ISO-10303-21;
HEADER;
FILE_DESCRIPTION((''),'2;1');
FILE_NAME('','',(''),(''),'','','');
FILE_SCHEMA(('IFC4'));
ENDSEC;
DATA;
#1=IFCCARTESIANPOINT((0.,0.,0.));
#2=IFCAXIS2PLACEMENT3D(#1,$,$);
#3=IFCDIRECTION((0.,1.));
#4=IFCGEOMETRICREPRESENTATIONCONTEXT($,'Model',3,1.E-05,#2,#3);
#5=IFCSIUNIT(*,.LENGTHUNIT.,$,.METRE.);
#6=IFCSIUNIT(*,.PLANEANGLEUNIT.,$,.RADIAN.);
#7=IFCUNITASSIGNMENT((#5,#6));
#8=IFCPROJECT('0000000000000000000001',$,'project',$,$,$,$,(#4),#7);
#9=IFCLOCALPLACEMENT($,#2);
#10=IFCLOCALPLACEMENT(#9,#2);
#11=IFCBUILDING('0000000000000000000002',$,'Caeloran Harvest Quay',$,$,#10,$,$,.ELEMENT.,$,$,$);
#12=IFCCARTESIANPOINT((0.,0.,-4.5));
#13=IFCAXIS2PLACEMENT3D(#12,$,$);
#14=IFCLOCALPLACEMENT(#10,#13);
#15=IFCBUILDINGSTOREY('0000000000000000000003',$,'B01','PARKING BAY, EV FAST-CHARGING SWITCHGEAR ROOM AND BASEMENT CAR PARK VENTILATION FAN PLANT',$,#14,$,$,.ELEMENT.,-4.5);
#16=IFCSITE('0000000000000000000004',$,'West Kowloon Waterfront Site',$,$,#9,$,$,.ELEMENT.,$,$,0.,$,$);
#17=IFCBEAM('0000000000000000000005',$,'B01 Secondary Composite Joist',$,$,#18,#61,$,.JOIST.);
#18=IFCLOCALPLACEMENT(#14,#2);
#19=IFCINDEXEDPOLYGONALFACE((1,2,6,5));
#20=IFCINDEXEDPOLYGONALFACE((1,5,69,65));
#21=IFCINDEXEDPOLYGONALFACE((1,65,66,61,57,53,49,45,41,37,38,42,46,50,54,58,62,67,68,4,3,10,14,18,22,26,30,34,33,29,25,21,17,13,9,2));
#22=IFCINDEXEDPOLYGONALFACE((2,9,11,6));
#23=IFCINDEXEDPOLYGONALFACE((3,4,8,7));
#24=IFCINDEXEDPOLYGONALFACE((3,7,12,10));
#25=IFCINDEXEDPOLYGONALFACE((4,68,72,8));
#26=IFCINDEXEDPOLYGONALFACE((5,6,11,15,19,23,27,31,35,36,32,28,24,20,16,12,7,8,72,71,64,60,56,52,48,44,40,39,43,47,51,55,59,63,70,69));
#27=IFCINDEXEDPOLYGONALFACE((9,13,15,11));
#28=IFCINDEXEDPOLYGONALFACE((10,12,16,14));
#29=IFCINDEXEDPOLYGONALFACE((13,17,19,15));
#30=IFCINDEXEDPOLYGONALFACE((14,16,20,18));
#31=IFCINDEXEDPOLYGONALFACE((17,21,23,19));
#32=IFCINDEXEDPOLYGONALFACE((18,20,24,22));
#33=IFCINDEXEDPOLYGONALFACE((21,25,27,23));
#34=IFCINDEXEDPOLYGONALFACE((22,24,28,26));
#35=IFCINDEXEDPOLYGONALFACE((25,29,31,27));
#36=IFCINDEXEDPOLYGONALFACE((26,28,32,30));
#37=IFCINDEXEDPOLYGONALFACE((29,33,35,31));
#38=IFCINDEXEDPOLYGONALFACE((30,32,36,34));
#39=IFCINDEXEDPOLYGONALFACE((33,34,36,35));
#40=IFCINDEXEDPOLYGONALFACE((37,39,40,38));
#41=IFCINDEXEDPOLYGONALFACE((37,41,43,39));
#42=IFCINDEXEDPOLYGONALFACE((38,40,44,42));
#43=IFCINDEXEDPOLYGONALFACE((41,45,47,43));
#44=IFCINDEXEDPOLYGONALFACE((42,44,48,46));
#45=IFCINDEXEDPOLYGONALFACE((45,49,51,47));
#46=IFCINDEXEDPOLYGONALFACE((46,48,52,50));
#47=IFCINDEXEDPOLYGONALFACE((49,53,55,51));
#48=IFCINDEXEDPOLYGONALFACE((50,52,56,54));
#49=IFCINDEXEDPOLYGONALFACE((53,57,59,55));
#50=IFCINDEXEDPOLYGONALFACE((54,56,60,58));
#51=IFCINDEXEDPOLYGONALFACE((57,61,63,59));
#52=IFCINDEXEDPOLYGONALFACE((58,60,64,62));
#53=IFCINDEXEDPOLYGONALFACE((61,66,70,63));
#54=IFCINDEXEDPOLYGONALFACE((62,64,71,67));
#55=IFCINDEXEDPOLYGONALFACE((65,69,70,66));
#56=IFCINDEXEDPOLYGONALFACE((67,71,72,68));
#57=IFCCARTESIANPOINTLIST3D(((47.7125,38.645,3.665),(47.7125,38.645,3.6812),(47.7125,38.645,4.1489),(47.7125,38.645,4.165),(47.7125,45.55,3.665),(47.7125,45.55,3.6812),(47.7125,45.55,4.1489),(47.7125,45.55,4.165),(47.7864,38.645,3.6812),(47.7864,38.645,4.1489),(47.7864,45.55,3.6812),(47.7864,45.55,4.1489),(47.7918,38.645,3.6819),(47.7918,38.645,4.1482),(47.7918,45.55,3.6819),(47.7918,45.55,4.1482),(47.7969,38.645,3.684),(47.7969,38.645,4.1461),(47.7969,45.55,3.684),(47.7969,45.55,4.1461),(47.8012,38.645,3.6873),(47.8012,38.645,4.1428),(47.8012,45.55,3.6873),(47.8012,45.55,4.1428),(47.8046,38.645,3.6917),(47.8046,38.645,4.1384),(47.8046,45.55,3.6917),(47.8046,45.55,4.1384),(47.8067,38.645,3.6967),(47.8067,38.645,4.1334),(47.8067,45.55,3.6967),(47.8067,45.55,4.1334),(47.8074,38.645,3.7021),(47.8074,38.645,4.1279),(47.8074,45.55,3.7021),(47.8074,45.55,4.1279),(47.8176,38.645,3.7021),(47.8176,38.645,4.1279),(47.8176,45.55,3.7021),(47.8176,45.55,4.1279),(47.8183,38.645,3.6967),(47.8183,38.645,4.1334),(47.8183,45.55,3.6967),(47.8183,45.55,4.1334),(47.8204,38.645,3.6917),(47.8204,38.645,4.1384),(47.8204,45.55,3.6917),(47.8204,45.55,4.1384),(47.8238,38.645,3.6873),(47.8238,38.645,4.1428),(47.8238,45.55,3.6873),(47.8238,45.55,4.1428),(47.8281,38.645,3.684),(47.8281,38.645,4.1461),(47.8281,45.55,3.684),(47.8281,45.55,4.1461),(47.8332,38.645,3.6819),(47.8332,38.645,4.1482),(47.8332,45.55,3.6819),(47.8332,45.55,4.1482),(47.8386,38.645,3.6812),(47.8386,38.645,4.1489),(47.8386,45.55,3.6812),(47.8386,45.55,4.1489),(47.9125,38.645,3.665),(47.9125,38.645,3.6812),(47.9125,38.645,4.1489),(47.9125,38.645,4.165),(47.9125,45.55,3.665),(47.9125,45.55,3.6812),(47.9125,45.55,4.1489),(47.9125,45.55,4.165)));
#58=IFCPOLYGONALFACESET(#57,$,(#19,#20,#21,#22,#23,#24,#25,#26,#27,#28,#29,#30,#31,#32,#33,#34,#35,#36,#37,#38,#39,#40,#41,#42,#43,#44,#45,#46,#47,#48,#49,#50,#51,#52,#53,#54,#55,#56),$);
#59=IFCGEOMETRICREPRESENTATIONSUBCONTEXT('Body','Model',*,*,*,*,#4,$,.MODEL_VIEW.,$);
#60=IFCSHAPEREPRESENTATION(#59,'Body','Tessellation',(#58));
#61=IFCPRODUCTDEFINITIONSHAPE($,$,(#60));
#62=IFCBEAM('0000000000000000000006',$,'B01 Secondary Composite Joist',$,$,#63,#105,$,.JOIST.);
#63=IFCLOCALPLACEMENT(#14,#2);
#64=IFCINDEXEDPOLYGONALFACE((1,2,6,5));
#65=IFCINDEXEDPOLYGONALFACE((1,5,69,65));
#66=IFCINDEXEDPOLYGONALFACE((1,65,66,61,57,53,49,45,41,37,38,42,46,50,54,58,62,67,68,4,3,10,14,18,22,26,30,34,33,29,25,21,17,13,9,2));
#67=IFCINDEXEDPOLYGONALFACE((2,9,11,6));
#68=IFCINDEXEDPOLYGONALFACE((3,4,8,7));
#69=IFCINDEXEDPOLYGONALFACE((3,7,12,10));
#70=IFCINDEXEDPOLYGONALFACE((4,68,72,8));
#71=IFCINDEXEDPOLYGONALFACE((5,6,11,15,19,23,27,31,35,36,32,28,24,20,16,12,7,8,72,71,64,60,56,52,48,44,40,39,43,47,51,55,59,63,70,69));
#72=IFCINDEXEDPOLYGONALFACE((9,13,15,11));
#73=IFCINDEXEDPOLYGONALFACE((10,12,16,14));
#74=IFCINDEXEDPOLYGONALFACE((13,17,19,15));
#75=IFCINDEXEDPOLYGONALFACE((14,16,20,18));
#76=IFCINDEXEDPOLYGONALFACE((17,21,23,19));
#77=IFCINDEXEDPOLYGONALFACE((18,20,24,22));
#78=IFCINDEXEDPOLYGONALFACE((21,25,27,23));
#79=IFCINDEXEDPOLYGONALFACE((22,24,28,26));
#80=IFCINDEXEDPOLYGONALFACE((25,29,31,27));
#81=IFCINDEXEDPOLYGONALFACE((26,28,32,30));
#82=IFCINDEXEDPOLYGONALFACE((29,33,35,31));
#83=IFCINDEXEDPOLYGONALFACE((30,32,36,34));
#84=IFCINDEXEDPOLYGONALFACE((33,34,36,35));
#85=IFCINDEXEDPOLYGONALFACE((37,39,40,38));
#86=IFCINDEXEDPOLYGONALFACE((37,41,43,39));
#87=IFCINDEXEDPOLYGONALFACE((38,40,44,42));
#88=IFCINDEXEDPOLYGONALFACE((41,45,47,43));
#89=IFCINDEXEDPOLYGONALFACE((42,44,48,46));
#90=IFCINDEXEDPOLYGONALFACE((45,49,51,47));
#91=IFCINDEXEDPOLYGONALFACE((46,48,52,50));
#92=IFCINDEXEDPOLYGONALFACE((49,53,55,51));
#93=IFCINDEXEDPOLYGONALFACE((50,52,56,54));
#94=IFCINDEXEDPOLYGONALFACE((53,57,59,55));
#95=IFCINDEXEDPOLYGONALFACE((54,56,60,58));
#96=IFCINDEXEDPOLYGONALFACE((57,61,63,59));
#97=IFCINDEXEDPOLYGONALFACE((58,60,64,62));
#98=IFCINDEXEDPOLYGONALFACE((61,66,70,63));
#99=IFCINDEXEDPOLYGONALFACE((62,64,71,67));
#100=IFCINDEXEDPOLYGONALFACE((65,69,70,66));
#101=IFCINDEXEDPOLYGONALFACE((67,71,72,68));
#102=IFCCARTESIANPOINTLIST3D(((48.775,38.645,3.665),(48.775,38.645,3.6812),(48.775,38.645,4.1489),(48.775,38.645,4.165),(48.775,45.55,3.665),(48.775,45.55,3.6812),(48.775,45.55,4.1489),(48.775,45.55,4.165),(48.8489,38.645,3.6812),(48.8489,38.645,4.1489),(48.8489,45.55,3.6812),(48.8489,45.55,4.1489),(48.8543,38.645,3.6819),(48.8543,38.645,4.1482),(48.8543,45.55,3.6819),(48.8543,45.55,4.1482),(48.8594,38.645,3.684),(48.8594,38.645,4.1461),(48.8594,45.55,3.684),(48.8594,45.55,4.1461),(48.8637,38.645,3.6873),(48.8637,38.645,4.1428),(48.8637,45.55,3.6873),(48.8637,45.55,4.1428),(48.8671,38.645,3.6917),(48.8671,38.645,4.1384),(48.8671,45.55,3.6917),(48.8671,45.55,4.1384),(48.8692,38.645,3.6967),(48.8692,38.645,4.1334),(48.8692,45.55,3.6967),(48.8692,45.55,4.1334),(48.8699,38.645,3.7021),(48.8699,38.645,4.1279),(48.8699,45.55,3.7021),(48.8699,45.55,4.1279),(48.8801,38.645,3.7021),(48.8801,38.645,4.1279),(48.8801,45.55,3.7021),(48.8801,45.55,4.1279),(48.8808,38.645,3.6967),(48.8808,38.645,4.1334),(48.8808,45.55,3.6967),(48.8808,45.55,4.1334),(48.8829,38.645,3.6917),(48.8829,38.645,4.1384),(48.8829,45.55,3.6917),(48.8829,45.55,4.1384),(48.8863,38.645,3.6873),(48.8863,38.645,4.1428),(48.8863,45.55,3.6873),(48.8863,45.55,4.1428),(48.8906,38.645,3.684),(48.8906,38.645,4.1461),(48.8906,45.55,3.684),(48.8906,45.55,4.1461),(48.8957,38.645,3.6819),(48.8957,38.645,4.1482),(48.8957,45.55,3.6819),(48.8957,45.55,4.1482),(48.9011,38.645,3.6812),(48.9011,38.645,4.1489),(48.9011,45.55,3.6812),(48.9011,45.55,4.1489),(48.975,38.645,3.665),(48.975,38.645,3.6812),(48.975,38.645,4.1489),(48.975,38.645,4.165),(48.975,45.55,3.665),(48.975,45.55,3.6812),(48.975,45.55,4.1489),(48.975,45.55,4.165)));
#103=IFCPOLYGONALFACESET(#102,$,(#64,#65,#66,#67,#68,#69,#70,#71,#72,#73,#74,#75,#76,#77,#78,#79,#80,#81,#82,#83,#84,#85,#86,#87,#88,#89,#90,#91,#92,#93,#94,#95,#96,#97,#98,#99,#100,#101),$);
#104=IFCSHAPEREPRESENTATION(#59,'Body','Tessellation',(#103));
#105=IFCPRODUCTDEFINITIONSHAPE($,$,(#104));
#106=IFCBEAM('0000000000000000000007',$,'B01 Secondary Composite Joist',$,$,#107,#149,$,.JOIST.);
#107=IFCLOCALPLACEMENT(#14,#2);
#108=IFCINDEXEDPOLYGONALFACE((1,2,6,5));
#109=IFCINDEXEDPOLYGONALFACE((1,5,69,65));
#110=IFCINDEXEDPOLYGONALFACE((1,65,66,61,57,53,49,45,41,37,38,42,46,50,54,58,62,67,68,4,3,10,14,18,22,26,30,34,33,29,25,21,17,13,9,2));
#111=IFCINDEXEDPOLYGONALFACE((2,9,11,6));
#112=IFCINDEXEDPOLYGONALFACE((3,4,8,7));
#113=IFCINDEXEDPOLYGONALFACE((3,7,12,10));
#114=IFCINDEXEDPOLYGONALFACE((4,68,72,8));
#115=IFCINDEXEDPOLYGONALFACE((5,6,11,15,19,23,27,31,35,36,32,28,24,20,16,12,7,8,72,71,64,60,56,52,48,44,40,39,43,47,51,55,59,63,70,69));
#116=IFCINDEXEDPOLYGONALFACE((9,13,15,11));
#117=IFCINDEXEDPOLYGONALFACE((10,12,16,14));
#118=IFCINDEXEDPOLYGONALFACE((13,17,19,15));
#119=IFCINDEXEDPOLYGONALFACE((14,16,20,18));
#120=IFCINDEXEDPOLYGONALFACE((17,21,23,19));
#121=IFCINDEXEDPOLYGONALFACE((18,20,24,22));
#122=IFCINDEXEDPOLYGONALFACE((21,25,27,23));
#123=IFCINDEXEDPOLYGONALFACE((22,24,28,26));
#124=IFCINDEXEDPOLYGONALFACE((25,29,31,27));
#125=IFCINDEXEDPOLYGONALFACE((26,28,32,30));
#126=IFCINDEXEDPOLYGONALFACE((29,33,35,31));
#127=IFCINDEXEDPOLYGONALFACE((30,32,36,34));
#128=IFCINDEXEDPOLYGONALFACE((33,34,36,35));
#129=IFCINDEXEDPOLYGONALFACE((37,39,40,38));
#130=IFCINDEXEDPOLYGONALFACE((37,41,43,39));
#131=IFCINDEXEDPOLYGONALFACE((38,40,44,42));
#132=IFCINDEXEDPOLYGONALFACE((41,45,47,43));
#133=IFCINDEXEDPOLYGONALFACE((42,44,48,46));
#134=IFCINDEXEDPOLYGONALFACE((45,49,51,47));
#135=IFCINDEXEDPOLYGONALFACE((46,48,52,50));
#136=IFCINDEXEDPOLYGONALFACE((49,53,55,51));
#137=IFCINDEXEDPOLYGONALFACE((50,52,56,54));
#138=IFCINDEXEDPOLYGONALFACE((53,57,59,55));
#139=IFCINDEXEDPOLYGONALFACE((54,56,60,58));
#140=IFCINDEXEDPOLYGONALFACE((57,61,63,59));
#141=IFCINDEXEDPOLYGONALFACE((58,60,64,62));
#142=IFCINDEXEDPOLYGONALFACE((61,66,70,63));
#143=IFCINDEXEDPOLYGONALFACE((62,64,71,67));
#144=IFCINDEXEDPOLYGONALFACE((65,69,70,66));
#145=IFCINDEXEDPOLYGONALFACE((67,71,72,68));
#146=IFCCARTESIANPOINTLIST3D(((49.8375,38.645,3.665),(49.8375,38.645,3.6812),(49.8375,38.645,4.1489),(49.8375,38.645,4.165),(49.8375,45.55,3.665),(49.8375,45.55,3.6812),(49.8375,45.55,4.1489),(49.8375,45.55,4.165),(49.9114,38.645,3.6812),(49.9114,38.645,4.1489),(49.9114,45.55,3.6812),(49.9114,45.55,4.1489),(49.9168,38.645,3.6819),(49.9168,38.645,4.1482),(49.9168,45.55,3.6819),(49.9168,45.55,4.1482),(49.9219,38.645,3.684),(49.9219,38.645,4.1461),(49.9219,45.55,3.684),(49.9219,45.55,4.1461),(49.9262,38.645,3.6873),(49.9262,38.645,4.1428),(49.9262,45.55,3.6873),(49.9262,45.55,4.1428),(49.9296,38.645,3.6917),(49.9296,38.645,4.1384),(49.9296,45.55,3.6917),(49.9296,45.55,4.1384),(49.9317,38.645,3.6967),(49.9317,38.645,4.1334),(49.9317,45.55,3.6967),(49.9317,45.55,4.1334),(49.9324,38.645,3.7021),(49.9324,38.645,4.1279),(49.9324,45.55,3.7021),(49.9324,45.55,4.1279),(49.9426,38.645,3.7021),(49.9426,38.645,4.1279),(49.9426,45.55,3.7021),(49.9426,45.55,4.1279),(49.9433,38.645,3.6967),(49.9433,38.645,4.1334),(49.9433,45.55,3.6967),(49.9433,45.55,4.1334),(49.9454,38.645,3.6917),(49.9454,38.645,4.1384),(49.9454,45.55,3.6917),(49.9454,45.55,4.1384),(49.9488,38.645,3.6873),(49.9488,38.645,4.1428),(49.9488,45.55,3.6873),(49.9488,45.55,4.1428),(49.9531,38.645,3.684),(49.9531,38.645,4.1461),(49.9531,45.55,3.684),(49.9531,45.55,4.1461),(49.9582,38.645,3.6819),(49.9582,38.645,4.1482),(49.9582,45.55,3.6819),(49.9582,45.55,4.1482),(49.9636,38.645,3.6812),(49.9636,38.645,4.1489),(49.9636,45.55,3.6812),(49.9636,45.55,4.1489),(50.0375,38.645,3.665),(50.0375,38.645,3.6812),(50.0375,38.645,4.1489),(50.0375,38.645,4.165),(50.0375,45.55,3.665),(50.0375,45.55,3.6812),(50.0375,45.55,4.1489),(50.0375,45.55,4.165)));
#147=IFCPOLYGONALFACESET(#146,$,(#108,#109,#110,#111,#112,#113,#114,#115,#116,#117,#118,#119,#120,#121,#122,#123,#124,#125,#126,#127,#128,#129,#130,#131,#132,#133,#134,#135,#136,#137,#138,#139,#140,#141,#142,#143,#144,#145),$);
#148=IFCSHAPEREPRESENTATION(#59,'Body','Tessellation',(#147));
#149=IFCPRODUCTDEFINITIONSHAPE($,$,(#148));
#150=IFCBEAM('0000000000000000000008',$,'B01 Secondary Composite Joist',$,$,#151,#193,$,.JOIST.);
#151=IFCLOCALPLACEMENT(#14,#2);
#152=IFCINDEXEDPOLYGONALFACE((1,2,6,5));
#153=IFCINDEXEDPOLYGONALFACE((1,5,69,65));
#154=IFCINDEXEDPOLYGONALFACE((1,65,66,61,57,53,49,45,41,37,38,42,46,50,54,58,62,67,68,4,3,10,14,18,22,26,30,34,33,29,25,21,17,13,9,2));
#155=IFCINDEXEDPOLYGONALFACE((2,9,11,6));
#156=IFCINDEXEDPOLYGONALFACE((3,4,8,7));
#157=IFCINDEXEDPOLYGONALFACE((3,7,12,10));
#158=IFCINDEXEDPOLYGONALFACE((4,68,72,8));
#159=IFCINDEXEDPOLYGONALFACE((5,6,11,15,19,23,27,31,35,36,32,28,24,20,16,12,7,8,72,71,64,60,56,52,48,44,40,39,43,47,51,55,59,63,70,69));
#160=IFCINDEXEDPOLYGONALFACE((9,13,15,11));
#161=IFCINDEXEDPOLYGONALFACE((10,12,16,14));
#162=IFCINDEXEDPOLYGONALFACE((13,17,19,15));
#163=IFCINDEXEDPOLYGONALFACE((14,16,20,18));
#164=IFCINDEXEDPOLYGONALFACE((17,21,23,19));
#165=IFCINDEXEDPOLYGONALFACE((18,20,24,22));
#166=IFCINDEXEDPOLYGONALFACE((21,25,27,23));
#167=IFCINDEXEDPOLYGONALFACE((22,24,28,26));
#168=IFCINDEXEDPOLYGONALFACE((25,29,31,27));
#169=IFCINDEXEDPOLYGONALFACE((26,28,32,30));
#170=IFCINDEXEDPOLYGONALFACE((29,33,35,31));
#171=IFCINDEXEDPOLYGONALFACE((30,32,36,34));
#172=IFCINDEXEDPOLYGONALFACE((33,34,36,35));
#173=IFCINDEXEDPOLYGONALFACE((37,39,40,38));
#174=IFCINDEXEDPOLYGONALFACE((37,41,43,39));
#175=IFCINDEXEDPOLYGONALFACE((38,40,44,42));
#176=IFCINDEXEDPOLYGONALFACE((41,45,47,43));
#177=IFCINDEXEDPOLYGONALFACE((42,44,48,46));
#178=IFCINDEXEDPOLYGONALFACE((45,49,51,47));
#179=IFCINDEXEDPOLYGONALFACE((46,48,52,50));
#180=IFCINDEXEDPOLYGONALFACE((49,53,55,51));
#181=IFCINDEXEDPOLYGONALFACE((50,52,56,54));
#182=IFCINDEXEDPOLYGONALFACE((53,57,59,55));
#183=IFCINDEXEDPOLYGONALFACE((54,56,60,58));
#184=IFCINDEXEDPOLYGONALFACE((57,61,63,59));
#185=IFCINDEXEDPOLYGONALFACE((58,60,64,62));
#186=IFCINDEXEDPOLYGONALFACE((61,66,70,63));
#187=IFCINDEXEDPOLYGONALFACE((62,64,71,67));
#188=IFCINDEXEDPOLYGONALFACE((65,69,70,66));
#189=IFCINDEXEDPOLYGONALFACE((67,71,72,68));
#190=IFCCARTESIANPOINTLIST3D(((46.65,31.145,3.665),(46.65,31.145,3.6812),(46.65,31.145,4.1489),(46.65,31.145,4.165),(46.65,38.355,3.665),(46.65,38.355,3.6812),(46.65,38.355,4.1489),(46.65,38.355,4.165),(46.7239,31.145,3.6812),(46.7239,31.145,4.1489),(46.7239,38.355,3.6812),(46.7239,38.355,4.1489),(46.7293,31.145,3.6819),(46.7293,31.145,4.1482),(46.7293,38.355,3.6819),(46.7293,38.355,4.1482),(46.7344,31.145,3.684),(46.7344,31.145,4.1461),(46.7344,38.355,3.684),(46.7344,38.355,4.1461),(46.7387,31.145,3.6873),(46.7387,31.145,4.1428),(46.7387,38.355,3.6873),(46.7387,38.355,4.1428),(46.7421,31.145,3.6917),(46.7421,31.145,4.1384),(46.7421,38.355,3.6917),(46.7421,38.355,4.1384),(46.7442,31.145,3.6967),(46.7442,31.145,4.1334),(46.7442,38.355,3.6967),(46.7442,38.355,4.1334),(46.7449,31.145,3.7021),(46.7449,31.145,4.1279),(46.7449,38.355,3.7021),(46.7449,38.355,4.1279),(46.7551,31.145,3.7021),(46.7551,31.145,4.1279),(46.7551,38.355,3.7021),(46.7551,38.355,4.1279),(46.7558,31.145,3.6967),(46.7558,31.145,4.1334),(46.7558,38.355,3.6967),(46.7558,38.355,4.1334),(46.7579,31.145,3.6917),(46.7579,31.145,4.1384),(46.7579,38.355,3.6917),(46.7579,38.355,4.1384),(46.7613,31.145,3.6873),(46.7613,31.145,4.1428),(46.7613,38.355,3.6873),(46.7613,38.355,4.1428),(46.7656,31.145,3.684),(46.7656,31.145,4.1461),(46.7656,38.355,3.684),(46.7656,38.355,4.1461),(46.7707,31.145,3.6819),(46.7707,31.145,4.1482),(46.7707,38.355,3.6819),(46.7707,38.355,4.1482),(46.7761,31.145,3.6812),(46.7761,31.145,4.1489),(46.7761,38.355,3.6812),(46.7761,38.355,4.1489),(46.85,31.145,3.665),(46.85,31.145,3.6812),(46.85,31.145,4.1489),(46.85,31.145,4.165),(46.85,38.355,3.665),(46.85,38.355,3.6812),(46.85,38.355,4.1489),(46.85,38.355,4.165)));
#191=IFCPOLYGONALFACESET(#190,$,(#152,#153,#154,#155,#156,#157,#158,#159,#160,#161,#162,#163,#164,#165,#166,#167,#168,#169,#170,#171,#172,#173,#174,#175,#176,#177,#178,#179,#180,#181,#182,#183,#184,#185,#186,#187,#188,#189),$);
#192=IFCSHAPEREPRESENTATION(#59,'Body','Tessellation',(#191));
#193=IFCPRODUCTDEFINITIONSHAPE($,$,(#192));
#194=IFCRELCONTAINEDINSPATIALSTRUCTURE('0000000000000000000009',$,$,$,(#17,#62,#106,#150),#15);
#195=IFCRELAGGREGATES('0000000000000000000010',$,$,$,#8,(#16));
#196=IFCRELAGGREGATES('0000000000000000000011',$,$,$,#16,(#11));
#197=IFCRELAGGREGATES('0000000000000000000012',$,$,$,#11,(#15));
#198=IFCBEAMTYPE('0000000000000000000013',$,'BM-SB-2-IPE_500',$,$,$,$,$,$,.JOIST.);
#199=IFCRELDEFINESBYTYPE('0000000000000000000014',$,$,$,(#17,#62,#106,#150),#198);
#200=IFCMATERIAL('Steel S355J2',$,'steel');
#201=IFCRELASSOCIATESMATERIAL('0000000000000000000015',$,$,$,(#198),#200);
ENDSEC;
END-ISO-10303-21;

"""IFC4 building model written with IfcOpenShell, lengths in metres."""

from ifc_helpers import new_model, si_unit, direction, frame, origin, origin_2d, place, context, subcontext, project, spatial, i_section, extrude, material, material_profile, profile_set, type_object, element, save


model = new_model("IFC4")

# Units and contexts
model_context = context("Model", 3, precision=1e-05, world=origin(), true_north=direction((0.0, 1.0)))
body_context = subcontext(model_context, "Body", "Model", "MODEL_VIEW")
ifc_project = project(units=[si_unit("LENGTHUNIT", "METRE"), si_unit("PLANEANGLEUNIT", "RADIAN")], contexts=[model_context])

# Site, building, storey
site_placement = place(None, origin())
site = spatial("IfcSite", under=ifc_project, at=site_placement, Name="West Kowloon Waterfront Site", CompositionType="ELEMENT", RefElevation=0.0)
building_placement = place(site_placement, origin())
building = spatial("IfcBuilding", under=site, at=building_placement, Name="Caeloran Harvest Quay", CompositionType="ELEMENT")
storey_placement = place(building_placement, frame((0.0, 0.0, -4.5)))
storey = spatial("IfcBuildingStorey", under=building, at=storey_placement, Name="B01", Description="PARKING BAY, EV FAST-CHARGING SWITCHGEAR ROOM AND BASEMENT CAR PARK VENTILATION FAN PLANT", CompositionType="ELEMENT", Elevation=-4.5)

# Beams
ifc_material_1 = material(Name="Steel S355J2", Category="steel")
ifc_material_profile_1 = material_profile(ifc_material_1, i_section(OverallWidth=0.2, OverallDepth=0.5, WebThickness=0.0103, FlangeThickness=0.0161, FilletRadius=0.021, at=origin_2d()), Name="IPE 500")
ifc_profile_set_1 = profile_set([ifc_material_profile_1], Name="Steel S355J2")
beam_type_1 = type_object("IfcBeamType", Name="BM-SB-2-IPE_500", PredefinedType="JOIST", material=ifc_profile_set_1)
for number, where, z_axis, x_axis, name in (
    (1, (47.8125, 38.645, 3.915), (0.0, 1.0, 0.0), (-1.0, 0.0, 0.0), "B01 Secondary Composite Joist"),
    (2, (48.875, 38.645, 3.915), (0.0, 1.0, 0.0), (-1.0, 0.0, 0.0), "B01 Secondary Composite Joist"),
    (3, (49.9375, 38.645, 3.915), (0.0, 1.0, 0.0), (-1.0, 0.0, 0.0), "B01 Secondary Composite Joist"),
):
    element("IfcBeam", number, at=place(storey_placement, frame(where, z_axis=z_axis, x_axis=x_axis)), inside=storey, type_object=beam_type_1, Name=name, PredefinedType="JOIST", context=body_context, shape_type="SweptSolid", body=[
        extrude(i_section(OverallWidth=0.2, OverallDepth=0.5, WebThickness=0.0103, FlangeThickness=0.0161, FilletRadius=0.021, at=origin_2d()), origin(), (0.0, 0.0, 1.0), 6.905),
    ])
for number, where, z_axis, x_axis, name in (
    (4, (46.75, 31.145, 3.915), (0.0, 1.0, 0.0), (-1.0, 0.0, 0.0), "B01 Secondary Composite Joist"),
):
    element("IfcBeam", number, at=place(storey_placement, frame(where, z_axis=z_axis, x_axis=x_axis)), inside=storey, type_object=beam_type_1, Name=name, PredefinedType="JOIST", context=body_context, shape_type="SweptSolid", body=[
        extrude(i_section(OverallWidth=0.2, OverallDepth=0.5, WebThickness=0.0103, FlangeThickness=0.0161, FilletRadius=0.021, at=origin_2d()), origin(), (0.0, 0.0, 1.0), 7.21),
    ])

save(model, "model.ifc")
